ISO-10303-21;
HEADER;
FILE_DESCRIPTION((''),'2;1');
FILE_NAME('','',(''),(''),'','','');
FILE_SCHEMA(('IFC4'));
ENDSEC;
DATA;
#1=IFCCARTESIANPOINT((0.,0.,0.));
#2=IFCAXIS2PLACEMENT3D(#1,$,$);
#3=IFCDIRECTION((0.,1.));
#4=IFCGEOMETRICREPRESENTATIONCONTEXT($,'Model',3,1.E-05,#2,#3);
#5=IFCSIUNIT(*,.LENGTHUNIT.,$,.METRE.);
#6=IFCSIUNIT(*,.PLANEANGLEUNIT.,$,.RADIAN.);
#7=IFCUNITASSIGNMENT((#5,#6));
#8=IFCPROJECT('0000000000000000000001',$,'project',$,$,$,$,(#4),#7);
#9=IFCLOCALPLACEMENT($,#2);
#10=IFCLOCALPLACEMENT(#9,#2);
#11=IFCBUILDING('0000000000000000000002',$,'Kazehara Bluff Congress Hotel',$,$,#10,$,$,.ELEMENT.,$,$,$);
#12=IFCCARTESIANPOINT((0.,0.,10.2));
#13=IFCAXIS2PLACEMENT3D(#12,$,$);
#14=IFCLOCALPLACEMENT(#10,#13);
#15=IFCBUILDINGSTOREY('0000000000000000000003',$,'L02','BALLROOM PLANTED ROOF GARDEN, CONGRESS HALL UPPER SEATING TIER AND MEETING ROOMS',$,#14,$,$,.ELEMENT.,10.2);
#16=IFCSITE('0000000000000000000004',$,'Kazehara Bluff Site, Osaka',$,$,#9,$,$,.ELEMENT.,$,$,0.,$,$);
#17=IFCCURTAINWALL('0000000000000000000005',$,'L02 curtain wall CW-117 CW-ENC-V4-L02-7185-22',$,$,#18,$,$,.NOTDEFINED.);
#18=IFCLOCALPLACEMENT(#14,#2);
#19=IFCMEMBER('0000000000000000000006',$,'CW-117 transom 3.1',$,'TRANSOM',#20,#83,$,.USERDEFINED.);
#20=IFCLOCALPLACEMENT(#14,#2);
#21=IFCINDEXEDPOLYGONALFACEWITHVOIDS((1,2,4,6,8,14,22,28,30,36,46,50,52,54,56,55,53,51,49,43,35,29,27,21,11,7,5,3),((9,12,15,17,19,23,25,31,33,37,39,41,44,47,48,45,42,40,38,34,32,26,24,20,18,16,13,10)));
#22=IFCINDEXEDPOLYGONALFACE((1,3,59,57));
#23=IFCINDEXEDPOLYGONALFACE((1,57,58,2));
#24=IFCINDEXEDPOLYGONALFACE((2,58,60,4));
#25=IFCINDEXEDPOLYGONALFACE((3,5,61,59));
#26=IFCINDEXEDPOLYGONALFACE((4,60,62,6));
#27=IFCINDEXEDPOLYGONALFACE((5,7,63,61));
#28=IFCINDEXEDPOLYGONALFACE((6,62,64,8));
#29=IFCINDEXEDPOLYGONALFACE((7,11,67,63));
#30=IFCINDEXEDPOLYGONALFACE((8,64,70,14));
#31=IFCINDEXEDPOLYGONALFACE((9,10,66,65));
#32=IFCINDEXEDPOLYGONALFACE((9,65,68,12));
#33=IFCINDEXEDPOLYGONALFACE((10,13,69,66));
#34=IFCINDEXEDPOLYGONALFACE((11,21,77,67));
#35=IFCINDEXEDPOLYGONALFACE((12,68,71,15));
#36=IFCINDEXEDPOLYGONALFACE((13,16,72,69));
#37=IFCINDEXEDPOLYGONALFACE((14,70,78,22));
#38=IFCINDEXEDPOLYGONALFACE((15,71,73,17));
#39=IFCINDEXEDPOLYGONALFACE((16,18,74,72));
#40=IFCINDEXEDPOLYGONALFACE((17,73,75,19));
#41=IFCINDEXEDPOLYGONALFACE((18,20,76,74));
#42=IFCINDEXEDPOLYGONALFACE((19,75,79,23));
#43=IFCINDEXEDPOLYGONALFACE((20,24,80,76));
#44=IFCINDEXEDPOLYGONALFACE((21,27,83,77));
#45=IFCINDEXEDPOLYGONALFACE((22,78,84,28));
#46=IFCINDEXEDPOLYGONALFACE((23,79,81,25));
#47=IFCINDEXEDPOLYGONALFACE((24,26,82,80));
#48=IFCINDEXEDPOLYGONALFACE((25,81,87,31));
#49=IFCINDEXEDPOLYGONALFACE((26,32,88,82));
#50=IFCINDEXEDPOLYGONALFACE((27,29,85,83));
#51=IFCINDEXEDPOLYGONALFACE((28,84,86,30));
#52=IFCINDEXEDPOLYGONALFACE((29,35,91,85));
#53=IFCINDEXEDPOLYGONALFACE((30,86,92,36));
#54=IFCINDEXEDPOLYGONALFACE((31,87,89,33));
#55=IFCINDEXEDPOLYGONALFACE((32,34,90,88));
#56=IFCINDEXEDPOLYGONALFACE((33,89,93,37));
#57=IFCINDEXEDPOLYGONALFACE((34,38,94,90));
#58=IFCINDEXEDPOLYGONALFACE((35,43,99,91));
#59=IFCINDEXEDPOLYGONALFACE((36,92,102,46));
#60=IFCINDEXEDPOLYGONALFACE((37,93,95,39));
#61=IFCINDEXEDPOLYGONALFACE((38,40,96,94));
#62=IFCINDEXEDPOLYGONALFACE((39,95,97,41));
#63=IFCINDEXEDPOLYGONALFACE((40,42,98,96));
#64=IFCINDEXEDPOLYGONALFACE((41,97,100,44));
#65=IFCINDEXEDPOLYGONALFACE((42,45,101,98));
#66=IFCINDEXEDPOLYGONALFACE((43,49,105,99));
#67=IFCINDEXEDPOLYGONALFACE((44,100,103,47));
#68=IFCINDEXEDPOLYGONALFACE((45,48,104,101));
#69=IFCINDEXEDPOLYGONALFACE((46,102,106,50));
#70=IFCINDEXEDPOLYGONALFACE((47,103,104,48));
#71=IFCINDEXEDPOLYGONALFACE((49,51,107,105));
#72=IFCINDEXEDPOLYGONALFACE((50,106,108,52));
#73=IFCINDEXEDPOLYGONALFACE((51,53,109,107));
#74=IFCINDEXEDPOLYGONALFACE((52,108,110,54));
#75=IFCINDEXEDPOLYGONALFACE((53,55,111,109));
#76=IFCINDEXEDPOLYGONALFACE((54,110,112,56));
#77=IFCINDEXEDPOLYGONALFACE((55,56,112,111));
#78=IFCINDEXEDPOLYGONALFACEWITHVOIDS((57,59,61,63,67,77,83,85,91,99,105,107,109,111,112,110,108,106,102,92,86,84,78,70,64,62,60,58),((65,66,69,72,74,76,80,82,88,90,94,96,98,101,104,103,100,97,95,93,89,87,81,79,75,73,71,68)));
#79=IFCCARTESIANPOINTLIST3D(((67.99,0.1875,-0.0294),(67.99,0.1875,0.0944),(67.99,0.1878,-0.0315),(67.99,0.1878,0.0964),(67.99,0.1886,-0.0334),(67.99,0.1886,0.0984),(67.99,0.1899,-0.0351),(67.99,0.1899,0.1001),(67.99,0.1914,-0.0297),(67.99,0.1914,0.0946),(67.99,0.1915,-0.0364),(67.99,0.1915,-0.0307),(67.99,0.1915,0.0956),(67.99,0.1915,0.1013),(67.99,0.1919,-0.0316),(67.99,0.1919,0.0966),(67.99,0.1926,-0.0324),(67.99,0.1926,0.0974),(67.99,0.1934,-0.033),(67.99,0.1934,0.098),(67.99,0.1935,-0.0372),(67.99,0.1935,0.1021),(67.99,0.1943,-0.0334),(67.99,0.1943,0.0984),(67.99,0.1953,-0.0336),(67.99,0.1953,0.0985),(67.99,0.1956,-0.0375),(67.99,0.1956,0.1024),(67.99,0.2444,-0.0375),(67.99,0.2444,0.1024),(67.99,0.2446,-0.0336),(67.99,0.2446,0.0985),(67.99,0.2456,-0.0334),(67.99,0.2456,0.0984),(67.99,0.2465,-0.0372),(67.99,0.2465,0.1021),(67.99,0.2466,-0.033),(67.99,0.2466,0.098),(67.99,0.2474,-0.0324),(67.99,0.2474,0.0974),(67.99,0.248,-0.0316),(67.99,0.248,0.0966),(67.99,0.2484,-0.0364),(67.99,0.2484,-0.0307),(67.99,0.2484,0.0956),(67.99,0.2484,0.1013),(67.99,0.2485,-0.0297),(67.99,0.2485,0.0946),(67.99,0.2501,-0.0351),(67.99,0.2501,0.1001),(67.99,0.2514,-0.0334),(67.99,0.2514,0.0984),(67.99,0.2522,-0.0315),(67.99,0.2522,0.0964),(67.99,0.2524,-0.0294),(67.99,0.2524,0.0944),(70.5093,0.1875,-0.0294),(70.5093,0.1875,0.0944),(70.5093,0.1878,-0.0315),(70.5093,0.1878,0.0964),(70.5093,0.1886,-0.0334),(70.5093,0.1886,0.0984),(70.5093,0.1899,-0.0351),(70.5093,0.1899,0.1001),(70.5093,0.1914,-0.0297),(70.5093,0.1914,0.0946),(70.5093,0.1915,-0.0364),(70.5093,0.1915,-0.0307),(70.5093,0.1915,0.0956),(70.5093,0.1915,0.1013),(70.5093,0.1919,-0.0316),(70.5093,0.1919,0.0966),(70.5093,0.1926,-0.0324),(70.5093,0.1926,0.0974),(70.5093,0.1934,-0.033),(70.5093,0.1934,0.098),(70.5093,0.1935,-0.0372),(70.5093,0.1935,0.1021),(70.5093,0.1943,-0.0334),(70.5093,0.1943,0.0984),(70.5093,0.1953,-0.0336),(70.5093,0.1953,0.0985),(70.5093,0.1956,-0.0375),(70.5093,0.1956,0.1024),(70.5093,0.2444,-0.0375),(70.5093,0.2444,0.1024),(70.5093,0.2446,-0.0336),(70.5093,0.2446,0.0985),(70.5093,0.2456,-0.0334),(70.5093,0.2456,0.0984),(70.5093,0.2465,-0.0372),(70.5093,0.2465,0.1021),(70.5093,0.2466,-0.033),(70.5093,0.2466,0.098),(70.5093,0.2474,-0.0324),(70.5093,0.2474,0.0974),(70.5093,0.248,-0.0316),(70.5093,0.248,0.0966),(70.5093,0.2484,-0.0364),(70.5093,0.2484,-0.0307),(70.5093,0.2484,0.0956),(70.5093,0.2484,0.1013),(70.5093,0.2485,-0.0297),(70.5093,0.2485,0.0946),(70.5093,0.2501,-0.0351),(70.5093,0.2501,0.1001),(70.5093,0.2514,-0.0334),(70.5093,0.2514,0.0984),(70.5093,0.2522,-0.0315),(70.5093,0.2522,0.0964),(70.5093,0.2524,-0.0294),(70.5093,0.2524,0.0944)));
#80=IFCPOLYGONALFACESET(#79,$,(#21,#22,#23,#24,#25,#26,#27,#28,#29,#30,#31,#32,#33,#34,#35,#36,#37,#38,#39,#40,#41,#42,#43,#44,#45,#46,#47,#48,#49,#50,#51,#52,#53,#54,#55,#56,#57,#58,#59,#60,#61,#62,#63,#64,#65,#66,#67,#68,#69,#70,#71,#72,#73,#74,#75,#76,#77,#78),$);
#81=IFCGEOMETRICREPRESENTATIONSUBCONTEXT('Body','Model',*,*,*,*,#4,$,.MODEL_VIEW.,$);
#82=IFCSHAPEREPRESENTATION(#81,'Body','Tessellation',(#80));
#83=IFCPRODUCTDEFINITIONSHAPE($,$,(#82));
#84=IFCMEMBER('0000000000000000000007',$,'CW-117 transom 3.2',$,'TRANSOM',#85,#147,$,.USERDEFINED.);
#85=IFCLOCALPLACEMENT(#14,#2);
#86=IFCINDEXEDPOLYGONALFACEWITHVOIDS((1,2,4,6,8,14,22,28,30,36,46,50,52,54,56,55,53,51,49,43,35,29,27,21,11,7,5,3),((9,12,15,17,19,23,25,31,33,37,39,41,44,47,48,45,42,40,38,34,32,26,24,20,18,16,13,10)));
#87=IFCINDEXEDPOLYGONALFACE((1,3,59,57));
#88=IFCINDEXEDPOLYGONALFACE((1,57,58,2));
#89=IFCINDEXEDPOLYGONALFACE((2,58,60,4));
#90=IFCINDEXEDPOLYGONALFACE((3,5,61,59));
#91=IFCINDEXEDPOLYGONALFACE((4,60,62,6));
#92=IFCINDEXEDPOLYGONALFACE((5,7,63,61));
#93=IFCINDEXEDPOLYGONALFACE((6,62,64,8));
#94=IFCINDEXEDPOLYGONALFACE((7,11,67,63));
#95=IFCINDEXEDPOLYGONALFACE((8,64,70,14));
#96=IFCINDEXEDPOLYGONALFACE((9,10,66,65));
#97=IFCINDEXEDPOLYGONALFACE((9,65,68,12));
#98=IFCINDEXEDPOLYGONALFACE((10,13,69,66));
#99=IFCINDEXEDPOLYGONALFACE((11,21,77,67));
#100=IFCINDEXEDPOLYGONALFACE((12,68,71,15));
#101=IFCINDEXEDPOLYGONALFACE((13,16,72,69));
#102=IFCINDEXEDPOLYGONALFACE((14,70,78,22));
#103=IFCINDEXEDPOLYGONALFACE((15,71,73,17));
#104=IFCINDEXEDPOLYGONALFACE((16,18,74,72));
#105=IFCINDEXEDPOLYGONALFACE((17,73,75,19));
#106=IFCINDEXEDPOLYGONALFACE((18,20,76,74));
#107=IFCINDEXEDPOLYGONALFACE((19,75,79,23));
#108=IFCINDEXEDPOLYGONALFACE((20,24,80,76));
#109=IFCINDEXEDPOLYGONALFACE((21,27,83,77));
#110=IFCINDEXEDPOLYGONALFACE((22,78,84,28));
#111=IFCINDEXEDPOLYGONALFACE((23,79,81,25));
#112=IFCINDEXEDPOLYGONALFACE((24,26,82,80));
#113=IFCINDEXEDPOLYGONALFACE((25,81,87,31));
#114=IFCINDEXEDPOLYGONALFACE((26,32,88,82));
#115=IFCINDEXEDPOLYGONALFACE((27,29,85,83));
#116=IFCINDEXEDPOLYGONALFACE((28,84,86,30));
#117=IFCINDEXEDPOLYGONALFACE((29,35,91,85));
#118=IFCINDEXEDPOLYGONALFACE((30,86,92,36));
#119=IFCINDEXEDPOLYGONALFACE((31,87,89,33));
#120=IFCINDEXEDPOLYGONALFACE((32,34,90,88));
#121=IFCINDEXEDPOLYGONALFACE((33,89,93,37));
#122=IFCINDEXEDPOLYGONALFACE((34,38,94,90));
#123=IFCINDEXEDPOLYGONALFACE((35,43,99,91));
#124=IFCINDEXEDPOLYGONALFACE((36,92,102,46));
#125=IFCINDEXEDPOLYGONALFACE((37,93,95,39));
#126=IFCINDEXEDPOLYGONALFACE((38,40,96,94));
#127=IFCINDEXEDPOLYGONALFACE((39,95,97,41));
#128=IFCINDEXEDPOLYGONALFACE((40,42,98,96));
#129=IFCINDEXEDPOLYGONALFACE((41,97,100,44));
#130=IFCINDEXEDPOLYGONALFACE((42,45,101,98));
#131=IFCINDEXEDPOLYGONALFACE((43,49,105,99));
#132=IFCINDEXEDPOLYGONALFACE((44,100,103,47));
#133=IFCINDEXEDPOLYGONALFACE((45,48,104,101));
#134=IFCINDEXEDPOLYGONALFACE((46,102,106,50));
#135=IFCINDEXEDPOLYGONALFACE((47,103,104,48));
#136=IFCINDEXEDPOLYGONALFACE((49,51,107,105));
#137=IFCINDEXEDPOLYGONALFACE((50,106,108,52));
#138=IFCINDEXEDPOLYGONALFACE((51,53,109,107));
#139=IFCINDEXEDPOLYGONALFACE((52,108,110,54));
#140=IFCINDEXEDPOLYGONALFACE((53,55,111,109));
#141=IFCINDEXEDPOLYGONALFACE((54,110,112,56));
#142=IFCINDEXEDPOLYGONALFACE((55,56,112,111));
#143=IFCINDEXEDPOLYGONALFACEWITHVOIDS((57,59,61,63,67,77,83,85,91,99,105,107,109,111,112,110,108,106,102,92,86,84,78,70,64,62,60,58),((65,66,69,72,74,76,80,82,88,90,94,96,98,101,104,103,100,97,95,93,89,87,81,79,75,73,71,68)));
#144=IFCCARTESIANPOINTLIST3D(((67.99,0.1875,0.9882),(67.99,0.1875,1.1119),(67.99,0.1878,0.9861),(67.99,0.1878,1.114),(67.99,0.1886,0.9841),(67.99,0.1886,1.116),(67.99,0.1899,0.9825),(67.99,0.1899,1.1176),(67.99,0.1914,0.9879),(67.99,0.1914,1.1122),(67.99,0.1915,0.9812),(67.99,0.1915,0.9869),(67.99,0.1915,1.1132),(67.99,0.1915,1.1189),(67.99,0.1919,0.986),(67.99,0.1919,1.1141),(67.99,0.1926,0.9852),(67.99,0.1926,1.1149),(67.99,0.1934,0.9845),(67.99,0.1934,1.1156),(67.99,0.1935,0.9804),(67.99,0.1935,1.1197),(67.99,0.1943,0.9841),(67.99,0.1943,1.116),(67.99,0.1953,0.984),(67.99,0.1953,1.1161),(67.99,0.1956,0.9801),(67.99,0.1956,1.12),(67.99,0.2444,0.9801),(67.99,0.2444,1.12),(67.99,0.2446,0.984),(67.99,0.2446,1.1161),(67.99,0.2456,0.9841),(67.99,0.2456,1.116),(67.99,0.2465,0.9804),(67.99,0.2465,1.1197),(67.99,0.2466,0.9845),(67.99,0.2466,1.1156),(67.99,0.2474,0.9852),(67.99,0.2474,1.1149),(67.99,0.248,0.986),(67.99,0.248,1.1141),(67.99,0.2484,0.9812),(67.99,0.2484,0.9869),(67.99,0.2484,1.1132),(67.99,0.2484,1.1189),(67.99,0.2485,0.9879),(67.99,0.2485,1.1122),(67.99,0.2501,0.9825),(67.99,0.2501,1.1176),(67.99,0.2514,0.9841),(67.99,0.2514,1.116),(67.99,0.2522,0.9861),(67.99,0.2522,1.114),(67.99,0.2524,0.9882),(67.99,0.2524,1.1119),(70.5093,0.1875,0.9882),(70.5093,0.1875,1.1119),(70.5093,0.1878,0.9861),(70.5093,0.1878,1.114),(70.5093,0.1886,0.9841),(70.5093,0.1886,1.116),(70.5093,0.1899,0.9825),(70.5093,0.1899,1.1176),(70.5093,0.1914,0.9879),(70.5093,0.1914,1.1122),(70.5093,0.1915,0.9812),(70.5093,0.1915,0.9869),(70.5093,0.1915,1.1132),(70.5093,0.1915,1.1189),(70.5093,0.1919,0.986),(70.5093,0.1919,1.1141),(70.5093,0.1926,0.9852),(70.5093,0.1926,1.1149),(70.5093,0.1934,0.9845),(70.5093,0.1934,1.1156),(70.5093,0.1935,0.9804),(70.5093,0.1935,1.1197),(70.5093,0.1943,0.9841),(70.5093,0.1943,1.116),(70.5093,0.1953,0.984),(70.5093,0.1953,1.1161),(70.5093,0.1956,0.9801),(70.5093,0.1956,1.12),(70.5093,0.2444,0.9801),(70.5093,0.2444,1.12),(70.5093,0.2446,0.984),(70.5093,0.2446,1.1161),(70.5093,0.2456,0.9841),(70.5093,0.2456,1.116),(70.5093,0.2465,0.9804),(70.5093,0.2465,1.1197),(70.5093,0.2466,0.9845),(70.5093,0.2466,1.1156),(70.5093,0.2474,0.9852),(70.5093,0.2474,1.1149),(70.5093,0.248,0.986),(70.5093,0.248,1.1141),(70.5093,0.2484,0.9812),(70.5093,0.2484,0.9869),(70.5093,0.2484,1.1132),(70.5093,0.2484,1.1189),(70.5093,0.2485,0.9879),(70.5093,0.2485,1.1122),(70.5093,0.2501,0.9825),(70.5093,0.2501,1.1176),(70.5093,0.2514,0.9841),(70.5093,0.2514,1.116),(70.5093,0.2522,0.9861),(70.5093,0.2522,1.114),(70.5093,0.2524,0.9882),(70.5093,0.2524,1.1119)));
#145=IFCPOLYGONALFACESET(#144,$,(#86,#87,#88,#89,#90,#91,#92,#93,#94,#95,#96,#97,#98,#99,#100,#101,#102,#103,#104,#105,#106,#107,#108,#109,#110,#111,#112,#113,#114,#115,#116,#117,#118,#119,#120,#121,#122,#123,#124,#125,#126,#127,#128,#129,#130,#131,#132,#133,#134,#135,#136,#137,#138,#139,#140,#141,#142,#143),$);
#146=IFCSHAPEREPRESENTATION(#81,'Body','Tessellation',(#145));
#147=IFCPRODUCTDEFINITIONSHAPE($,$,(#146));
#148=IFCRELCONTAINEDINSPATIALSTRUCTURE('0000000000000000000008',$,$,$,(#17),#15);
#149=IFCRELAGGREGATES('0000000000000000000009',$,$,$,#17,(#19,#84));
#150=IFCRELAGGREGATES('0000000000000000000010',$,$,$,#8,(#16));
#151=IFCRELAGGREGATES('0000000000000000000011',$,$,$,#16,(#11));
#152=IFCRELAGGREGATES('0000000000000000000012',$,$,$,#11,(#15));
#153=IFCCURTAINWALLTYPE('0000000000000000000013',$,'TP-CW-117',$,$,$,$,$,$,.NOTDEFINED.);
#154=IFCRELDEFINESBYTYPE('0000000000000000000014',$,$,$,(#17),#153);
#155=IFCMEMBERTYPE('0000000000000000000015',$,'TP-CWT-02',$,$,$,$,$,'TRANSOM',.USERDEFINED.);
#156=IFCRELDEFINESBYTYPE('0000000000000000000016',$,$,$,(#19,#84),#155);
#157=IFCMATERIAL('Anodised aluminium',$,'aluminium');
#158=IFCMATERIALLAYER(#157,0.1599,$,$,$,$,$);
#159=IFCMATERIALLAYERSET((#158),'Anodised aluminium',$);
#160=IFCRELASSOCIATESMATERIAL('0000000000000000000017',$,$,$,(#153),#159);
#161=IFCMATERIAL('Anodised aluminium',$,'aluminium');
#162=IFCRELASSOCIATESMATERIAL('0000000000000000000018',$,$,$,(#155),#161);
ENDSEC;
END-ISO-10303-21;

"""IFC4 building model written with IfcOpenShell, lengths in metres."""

from ifc_helpers import new_model, si_unit, direction, frame, origin, origin_2d, place, context, subcontext, project, spatial, hollow_rectangle, extrude, material, layer, layer_set, material_profile, profile_set, type_object, element, aggregate, save


model = new_model("IFC4")

# Units and contexts
model_context = context("Model", 3, precision=1e-05, world=origin(), true_north=direction((0.0, 1.0)))
body_context = subcontext(model_context, "Body", "Model", "MODEL_VIEW")
ifc_project = project(units=[si_unit("LENGTHUNIT", "METRE"), si_unit("PLANEANGLEUNIT", "RADIAN")], contexts=[model_context])

# Site, building, storey
site_placement = place(None, origin())
site = spatial("IfcSite", under=ifc_project, at=site_placement, Name="Kazehara Bluff Site, Osaka", CompositionType="ELEMENT", RefElevation=0.0)
building_placement = place(site_placement, origin())
building = spatial("IfcBuilding", under=site, at=building_placement, Name="Kazehara Bluff Congress Hotel", CompositionType="ELEMENT")
storey_placement = place(building_placement, frame((0.0, 0.0, 10.2)))
storey = spatial("IfcBuildingStorey", under=building, at=storey_placement, Name="L02", Description="BALLROOM PLANTED ROOF GARDEN, CONGRESS HALL UPPER SEATING TIER AND MEETING ROOMS", CompositionType="ELEMENT", Elevation=10.2)

# Curtain wall
ifc_material_1 = material(Name="Anodised aluminium", Category="aluminium")
ifc_layer_1 = layer(ifc_material_1, 0.1599)
ifc_layer_set_1 = layer_set([ifc_layer_1], Name="Anodised aluminium")
curtain_wall_type_1 = type_object("IfcCurtainWallType", Name="TP-CW-117", PredefinedType="NOTDEFINED", material=ifc_layer_set_1)
curtain_wall_1_placement = place(storey_placement, origin())
curtain_wall_1 = element("IfcCurtainWall", 1, at=curtain_wall_1_placement, inside=storey, type_object=curtain_wall_type_1, Name="L02 curtain wall CW-117 CW-ENC-V4-L02-7185-22", PredefinedType="NOTDEFINED")

# Members
ifc_material_2 = material(Name="Anodised aluminium", Category="aluminium")
ifc_material_profile_1 = material_profile(ifc_material_2, hollow_rectangle(XDim=0.0649, YDim=0.1399, WallThickness=0.0039, InnerFilletRadius=0.0039, OuterFilletRadius=0.0081, at=origin_2d()))
ifc_profile_set_1 = profile_set([ifc_material_profile_1], Name="Anodised aluminium")
member_type_1 = type_object("IfcMemberType", Name="TP-CWT-02", ElementType="TRANSOM", PredefinedType="USERDEFINED", material=ifc_profile_set_1)
member_1_placement = place(storey_placement, frame((70.5093, 0.22, 0.0325), z_axis=(-1.0, 0.0, 0.0), x_axis=(0.0, -1.0, 0.0)))
member_1 = element("IfcMember", 2, at=member_1_placement, type_object=member_type_1, Name="CW-117 transom 3.1", ObjectType="TRANSOM", PredefinedType="USERDEFINED", context=body_context, shape_type="SweptSolid", body=[
    extrude(hollow_rectangle(XDim=0.0649, YDim=0.1399, WallThickness=0.0039, InnerFilletRadius=0.0039, OuterFilletRadius=0.0081, at=origin_2d()), origin(), (0.0, 0.0, 1.0), 2.5193),
])
member_2_placement = place(storey_placement, frame((70.5093, 0.22, 1.05), z_axis=(-1.0, 0.0, 0.0), x_axis=(0.0, -1.0, 0.0)))
member_2 = element("IfcMember", 3, at=member_2_placement, type_object=member_type_1, Name="CW-117 transom 3.2", ObjectType="TRANSOM", PredefinedType="USERDEFINED", context=body_context, shape_type="SweptSolid", body=[
    extrude(hollow_rectangle(XDim=0.0649, YDim=0.1399, WallThickness=0.0039, InnerFilletRadius=0.0039, OuterFilletRadius=0.0081, at=origin_2d()), origin(), (0.0, 0.0, 1.0), 2.5193),
])

aggregate(curtain_wall_1, [member_1, member_2])

save(model, "model.ifc")
